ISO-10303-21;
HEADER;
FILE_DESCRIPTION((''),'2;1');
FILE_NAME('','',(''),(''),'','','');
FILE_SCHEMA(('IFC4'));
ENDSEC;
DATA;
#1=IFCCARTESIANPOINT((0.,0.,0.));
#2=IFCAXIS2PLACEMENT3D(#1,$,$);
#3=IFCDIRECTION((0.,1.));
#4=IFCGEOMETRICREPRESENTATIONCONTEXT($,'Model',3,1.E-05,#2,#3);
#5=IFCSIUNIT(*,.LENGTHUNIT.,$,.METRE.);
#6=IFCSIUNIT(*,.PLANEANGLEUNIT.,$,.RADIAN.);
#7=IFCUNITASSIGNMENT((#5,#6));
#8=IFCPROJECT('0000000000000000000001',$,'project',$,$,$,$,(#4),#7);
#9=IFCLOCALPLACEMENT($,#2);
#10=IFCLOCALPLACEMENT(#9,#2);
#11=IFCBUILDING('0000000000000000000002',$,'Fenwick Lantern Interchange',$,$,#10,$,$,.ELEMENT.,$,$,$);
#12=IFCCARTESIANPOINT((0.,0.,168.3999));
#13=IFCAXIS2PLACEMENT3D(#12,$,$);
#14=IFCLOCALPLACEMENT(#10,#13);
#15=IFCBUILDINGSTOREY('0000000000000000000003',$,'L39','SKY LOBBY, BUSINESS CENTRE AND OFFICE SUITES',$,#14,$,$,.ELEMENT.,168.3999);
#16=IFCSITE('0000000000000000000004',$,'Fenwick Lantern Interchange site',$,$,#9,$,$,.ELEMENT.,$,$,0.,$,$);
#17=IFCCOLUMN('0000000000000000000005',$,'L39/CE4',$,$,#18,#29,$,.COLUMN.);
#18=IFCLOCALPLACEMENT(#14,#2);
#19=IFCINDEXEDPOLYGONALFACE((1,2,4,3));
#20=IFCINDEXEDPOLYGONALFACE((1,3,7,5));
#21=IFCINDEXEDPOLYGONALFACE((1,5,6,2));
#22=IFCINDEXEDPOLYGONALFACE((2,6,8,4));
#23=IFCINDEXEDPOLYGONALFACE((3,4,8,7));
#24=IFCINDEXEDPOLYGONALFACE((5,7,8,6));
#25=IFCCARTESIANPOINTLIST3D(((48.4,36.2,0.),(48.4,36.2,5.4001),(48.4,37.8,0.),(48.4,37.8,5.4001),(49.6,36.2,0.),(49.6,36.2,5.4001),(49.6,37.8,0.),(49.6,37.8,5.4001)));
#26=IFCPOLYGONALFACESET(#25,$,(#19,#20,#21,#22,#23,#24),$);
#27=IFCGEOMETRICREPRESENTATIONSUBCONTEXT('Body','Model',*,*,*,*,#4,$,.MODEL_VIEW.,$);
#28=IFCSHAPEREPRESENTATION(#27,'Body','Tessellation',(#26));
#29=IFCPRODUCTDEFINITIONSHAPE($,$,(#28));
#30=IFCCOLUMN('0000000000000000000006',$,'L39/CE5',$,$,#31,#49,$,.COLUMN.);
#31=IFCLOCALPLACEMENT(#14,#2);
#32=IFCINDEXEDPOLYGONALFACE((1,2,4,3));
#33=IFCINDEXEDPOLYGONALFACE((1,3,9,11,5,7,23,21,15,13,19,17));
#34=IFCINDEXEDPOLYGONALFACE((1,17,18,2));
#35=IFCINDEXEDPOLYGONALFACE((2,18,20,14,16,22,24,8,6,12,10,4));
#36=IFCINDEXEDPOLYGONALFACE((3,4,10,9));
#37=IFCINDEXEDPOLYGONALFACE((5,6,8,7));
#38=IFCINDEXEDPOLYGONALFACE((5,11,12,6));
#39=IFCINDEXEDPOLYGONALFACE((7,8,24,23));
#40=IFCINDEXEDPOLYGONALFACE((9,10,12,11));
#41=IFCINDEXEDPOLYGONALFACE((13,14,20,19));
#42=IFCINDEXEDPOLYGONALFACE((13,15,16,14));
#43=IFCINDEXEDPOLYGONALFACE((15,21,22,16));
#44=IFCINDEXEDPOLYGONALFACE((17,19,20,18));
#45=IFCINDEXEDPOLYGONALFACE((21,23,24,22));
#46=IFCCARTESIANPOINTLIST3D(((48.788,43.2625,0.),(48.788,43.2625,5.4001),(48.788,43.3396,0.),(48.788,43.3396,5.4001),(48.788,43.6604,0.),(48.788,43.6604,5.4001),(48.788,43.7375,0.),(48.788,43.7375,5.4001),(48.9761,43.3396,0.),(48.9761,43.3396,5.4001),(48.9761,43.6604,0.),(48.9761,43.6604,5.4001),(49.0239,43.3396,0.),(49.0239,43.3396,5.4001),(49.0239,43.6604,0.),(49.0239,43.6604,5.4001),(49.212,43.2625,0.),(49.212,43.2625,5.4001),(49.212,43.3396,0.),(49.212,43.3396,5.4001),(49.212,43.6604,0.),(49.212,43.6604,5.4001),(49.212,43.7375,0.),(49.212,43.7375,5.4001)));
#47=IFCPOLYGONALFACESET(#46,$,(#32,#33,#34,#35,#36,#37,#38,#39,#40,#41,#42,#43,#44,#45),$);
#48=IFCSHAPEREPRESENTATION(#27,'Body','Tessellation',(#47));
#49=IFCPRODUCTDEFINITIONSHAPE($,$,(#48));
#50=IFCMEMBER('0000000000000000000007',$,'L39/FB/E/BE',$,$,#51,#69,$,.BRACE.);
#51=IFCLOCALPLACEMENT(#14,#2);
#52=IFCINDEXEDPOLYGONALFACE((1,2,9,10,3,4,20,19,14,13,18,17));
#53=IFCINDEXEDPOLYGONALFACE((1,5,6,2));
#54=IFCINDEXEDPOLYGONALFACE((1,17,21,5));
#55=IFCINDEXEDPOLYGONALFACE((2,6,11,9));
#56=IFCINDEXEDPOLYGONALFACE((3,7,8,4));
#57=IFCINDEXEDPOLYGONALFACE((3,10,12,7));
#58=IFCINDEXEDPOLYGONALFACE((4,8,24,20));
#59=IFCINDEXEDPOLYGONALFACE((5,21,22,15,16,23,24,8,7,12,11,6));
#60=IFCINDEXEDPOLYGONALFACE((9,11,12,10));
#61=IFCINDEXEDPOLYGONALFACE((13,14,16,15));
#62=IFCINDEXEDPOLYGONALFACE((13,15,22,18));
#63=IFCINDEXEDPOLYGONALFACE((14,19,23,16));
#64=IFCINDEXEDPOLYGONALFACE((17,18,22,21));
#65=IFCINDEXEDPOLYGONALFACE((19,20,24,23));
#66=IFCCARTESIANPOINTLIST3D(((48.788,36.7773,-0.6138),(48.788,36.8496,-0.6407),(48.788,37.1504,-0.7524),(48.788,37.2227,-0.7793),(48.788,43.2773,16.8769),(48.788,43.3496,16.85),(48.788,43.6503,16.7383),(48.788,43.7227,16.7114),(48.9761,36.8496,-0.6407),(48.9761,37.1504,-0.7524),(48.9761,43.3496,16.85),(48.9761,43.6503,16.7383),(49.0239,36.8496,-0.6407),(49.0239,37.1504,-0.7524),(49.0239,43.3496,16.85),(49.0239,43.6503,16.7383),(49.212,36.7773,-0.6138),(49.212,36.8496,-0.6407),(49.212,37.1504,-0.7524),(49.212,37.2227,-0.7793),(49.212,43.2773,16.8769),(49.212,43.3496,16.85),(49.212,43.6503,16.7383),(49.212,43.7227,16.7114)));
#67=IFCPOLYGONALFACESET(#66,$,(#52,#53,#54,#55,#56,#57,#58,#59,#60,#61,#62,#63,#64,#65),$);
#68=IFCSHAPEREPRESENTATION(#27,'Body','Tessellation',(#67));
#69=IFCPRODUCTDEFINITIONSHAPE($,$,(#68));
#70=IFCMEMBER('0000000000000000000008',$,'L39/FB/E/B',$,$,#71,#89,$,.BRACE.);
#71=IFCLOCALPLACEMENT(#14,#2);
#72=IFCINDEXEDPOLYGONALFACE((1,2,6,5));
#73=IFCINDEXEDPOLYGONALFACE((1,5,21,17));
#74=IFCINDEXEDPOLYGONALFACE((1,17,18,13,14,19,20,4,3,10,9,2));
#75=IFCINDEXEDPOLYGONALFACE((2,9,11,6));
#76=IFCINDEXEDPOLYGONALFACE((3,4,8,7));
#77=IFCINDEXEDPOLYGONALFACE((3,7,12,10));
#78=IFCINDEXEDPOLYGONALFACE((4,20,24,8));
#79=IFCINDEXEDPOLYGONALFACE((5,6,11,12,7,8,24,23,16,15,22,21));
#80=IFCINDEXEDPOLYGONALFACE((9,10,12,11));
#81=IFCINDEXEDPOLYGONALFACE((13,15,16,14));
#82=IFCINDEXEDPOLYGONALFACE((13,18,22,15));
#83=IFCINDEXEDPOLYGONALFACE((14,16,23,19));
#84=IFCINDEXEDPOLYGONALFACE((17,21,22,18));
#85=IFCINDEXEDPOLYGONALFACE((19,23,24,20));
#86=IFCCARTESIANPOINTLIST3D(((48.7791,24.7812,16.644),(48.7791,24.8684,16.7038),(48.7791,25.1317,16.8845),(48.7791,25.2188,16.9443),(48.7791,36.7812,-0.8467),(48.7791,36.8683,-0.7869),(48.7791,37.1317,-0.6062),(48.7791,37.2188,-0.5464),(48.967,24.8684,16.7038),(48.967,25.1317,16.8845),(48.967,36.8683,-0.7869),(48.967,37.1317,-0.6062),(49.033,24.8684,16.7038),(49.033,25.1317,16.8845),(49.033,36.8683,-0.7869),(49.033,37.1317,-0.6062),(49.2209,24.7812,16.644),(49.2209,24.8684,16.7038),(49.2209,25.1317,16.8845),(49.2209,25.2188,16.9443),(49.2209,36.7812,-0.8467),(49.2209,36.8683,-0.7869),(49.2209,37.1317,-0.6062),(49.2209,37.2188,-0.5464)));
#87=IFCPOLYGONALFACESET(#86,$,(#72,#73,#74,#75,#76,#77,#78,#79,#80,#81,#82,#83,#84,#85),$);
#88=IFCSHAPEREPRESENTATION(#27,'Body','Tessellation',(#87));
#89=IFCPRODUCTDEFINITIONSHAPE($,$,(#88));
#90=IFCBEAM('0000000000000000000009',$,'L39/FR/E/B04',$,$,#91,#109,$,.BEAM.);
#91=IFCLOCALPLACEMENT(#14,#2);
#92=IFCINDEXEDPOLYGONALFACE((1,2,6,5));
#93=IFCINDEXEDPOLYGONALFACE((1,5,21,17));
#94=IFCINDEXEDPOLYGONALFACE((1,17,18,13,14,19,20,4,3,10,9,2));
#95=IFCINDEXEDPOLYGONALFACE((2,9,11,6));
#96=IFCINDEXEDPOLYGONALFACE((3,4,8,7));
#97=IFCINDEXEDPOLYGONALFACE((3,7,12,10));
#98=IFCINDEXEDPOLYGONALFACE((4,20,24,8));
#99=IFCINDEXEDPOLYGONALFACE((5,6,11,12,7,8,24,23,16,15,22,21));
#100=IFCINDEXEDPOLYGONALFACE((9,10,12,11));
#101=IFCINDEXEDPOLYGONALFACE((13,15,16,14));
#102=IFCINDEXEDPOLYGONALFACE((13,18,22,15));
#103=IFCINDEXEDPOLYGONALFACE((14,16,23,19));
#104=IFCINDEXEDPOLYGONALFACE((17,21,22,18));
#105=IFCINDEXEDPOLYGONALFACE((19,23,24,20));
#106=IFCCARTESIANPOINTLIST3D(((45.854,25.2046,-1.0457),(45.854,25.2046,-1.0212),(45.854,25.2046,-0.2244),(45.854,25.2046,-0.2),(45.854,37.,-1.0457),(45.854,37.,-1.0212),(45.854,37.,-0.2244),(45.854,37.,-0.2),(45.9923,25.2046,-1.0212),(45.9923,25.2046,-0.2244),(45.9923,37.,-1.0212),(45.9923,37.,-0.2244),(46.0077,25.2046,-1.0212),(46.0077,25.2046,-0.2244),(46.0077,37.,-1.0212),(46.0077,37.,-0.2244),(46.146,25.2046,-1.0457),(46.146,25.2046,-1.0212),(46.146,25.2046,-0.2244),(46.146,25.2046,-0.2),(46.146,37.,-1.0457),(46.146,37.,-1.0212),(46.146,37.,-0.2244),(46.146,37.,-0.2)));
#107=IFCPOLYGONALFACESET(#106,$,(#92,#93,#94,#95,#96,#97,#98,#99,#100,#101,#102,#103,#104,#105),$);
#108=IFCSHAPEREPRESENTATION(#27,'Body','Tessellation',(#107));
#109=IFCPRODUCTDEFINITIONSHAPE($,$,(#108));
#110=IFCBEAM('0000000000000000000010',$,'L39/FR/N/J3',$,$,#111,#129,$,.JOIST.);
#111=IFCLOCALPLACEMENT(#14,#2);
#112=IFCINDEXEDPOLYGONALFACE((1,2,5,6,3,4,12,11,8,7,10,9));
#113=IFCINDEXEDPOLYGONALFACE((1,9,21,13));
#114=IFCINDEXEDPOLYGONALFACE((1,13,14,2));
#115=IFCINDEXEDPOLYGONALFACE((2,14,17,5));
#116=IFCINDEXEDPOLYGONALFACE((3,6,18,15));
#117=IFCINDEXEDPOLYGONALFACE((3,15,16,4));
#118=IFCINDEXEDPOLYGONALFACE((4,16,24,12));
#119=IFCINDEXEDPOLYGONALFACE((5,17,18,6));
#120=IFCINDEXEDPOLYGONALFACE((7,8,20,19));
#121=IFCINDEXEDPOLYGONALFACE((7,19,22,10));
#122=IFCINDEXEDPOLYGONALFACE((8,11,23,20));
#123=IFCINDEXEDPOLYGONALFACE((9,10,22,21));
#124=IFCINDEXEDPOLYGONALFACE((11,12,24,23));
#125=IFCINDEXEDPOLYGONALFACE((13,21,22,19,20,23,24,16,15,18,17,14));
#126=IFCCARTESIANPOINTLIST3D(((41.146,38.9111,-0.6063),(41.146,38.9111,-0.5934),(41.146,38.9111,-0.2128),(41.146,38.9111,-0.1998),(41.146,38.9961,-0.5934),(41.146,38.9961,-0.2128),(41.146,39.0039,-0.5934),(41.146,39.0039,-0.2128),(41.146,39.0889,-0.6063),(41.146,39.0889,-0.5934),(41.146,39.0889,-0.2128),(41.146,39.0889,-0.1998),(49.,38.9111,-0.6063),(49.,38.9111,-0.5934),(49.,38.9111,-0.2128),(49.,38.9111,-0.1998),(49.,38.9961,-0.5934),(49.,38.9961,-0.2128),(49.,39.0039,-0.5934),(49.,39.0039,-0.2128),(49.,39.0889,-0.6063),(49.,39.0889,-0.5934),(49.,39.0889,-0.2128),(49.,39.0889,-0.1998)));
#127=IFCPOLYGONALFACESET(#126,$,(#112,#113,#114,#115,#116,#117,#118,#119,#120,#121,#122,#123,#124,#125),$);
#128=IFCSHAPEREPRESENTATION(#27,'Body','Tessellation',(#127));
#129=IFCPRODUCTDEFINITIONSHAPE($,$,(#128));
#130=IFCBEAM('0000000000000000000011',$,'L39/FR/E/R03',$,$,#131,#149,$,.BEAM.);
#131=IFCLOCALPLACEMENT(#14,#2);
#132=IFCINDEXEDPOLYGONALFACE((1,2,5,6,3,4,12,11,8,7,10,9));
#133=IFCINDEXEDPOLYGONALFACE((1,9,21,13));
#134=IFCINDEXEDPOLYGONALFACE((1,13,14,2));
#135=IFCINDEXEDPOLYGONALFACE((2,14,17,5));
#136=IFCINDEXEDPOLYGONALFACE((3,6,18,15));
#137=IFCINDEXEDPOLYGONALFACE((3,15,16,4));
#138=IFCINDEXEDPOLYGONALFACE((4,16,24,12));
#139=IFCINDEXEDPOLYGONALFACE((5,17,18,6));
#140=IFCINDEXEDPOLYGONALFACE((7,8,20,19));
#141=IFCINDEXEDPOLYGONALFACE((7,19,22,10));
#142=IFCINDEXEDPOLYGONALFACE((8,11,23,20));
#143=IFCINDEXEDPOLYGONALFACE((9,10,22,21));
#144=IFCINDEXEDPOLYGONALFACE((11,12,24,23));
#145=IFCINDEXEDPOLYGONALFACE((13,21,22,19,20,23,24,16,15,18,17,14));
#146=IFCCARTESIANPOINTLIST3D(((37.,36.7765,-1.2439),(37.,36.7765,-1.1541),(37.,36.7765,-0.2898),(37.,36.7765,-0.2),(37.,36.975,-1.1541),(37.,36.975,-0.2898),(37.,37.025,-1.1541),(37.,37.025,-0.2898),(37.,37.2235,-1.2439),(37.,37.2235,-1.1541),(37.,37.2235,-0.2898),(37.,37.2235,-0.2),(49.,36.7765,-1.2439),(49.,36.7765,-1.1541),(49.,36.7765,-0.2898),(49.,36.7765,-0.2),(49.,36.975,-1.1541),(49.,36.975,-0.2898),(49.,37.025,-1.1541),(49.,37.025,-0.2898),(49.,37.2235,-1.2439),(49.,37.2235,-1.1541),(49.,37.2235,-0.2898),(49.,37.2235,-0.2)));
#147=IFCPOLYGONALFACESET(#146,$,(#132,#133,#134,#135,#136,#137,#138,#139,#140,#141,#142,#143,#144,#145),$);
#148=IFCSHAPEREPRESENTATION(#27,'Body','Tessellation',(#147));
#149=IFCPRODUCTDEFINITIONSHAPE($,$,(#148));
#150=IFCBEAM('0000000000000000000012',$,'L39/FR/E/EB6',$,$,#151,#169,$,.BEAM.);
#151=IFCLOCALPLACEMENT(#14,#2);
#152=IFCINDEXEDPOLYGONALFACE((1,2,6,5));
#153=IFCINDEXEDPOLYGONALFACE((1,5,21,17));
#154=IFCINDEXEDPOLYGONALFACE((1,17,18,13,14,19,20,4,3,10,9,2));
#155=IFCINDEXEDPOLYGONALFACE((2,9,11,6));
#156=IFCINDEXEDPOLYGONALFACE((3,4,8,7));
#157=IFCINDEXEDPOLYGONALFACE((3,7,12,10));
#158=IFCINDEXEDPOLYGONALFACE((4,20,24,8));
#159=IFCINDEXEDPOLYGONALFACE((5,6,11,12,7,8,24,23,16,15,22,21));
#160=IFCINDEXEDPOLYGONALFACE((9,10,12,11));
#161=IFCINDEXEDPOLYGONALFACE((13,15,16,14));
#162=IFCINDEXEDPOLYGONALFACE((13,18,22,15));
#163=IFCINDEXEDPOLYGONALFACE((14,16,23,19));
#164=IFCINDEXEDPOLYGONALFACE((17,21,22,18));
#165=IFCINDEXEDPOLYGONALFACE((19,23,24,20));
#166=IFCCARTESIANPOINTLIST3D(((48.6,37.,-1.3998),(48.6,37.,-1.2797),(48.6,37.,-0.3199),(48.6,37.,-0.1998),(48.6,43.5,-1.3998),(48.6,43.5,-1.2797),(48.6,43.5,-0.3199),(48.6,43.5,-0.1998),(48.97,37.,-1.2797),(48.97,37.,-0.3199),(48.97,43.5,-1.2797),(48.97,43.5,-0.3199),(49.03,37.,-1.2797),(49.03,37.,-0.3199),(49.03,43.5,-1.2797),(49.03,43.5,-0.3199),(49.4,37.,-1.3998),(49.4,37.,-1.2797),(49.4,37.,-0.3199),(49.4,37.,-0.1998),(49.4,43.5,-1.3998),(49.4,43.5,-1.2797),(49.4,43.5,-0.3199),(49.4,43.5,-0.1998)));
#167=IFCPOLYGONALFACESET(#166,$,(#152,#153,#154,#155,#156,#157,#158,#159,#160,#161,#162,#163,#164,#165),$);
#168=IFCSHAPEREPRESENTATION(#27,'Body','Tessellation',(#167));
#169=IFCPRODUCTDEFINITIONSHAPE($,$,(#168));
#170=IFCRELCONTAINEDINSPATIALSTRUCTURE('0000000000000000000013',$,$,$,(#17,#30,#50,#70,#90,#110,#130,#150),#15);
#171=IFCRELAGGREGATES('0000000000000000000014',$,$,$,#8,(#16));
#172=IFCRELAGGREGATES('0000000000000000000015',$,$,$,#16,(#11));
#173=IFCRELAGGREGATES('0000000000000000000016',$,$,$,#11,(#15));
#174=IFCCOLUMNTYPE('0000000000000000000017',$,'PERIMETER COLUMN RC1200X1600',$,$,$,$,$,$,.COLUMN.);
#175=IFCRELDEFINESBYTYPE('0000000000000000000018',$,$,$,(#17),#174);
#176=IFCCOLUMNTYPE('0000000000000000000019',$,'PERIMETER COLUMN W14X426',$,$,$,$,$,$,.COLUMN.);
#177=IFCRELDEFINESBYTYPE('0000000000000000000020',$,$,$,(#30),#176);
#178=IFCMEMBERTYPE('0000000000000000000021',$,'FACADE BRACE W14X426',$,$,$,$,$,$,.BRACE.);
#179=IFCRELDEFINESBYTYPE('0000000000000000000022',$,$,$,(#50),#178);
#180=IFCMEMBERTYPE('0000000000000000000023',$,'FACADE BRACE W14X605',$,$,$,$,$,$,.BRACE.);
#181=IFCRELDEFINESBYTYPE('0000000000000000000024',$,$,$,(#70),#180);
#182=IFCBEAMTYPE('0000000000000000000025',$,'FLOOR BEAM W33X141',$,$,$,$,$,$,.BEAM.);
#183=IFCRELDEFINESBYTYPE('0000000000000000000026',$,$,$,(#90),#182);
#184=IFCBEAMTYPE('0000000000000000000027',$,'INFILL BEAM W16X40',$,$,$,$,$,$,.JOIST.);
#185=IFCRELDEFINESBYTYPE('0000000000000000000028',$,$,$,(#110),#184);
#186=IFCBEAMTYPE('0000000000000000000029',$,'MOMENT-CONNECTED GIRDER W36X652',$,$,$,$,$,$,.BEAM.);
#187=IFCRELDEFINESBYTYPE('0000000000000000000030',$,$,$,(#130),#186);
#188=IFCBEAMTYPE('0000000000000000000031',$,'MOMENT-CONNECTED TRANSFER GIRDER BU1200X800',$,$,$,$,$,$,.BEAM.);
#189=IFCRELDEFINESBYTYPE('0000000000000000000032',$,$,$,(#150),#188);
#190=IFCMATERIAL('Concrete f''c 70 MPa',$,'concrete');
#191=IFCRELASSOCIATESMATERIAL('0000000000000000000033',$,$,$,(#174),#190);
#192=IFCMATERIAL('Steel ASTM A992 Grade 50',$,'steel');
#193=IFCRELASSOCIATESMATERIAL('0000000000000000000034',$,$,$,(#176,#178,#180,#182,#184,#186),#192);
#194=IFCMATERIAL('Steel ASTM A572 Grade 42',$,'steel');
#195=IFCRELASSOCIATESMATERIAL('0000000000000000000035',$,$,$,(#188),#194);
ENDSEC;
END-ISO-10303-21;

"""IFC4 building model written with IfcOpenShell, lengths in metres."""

from ifc_helpers import new_model, si_unit, direction, frame, origin, origin_2d, place, context, subcontext, project, spatial, rectangle, i_section, extrude, material, material_profile, profile_set, type_object, element, save


model = new_model("IFC4")

# Units and contexts
model_context = context("Model", 3, precision=1e-05, world=origin(), true_north=direction((0.0, 1.0)))
body_context = subcontext(model_context, "Body", "Model", "MODEL_VIEW")
ifc_project = project(units=[si_unit("LENGTHUNIT", "METRE"), si_unit("PLANEANGLEUNIT", "RADIAN")], contexts=[model_context])

# Site, building, storey
site_placement = place(None, origin())
site = spatial("IfcSite", under=ifc_project, at=site_placement, Name="Fenwick Lantern Interchange site", CompositionType="ELEMENT", RefElevation=0.0)
building_placement = place(site_placement, origin())
building = spatial("IfcBuilding", under=site, at=building_placement, Name="Fenwick Lantern Interchange", CompositionType="ELEMENT")
storey_placement = place(building_placement, frame((0.0, 0.0, 168.3999)))
storey = spatial("IfcBuildingStorey", under=building, at=storey_placement, Name="L39", Description="SKY LOBBY, BUSINESS CENTRE AND OFFICE SUITES", CompositionType="ELEMENT", Elevation=168.3999)

# Columns
ifc_material_1 = material(Name="Concrete f'c 70 MPa", Category="concrete")
ifc_material_profile_1 = material_profile(ifc_material_1, rectangle(XDim=1.2, YDim=1.6001, at=origin_2d()), Name="RC1200X1600")
ifc_profile_set_1 = profile_set([ifc_material_profile_1], Name="Concrete f'c 70 MPa")
column_type_1 = type_object("IfcColumnType", Name="PERIMETER COLUMN RC1200X1600", PredefinedType="COLUMN", material=ifc_profile_set_1)
column_1_placement = place(storey_placement, frame((49.0, 37.0, 0.0), z_axis=(0.0, 0.0, 1.0), x_axis=(1.0, 0.0, 0.0)))
element("IfcColumn", 1, at=column_1_placement, inside=storey, type_object=column_type_1, Name="L39/CE4", PredefinedType="COLUMN", context=body_context, shape_type="SweptSolid", body=[
    extrude(rectangle(XDim=1.2, YDim=1.6001, at=origin_2d()), origin(), (0.0, 0.0, 1.0), 5.4001),
])
ifc_material_2 = material(Name="Steel ASTM A992 Grade 50", Category="steel")
ifc_material_profile_2 = material_profile(ifc_material_2, i_section(OverallWidth=0.4241, OverallDepth=0.4751, WebThickness=0.0479, FlangeThickness=0.0771, at=origin_2d()), Name="W14X426")
ifc_profile_set_2 = profile_set([ifc_material_profile_2], Name="Steel ASTM A992 Grade 50")
column_type_2 = type_object("IfcColumnType", Name="PERIMETER COLUMN W14X426", PredefinedType="COLUMN", material=ifc_profile_set_2)
column_2_placement = place(storey_placement, frame((49.0, 43.5, 0.0), z_axis=(0.0, 0.0, 1.0), x_axis=(1.0, 0.0, 0.0)))
element("IfcColumn", 2, at=column_2_placement, inside=storey, type_object=column_type_2, Name="L39/CE5", PredefinedType="COLUMN", context=body_context, shape_type="SweptSolid", body=[
    extrude(i_section(OverallWidth=0.4241, OverallDepth=0.4751, WebThickness=0.0479, FlangeThickness=0.0771, at=origin_2d()), origin(), (0.0, 0.0, 1.0), 5.4001),
])

# Members
ifc_material_profile_3 = material_profile(ifc_material_2, i_section(OverallWidth=0.4241, OverallDepth=0.4751, WebThickness=0.0479, FlangeThickness=0.0771, at=origin_2d()), Name="W14X426")
ifc_profile_set_3 = profile_set([ifc_material_profile_3], Name="Steel ASTM A992 Grade 50")
member_type_1 = type_object("IfcMemberType", Name="FACADE BRACE W14X426", PredefinedType="BRACE", material=ifc_profile_set_3)
member_1_placement = place(storey_placement, frame((49.0, 37.0, -0.6965), z_axis=(0.0, 0.348349, 0.937365), x_axis=(-1.0, 0.0, 0.0)))
element("IfcMember", 3, at=member_1_placement, inside=storey, type_object=member_type_1, Name="L39/FB/E/BE", PredefinedType="BRACE", context=body_context, shape_type="SweptSolid", body=[
    extrude(i_section(OverallWidth=0.4241, OverallDepth=0.4751, WebThickness=0.0479, FlangeThickness=0.0771, at=origin_2d()), origin(), (0.0, 0.0, 1.0), 18.6594),
])
ifc_material_profile_4 = material_profile(ifc_material_2, i_section(OverallWidth=0.4419, OverallDepth=0.5308, WebThickness=0.0659, FlangeThickness=0.1057, at=origin_2d()), Name="W14X605")
ifc_profile_set_4 = profile_set([ifc_material_profile_4], Name="Steel ASTM A992 Grade 50")
member_type_2 = type_object("IfcMemberType", Name="FACADE BRACE W14X605", PredefinedType="BRACE", material=ifc_profile_set_4)
member_2_placement = place(storey_placement, frame((49.0, 37.0, -0.6965), z_axis=(0.0, -0.565732, 0.824589), x_axis=(1.0, 0.0, 0.0)))
element("IfcMember", 4, at=member_2_placement, inside=storey, type_object=member_type_2, Name="L39/FB/E/B", PredefinedType="BRACE", context=body_context, shape_type="SweptSolid", body=[
    extrude(i_section(OverallWidth=0.4419, OverallDepth=0.5308, WebThickness=0.0659, FlangeThickness=0.1057, at=origin_2d()), origin(), (0.0, 0.0, 1.0), 21.2114),
])

# Beams
ifc_material_profile_5 = material_profile(ifc_material_2, i_section(OverallWidth=0.292, OverallDepth=0.8457, WebThickness=0.0154, FlangeThickness=0.0244, at=origin_2d()), Name="W33X141")
ifc_profile_set_5 = profile_set([ifc_material_profile_5], Name="Steel ASTM A992 Grade 50")
beam_type_1 = type_object("IfcBeamType", Name="FLOOR BEAM W33X141", PredefinedType="BEAM", material=ifc_profile_set_5)
beam_1_placement = place(storey_placement, frame((46.0, 25.2046, -0.6228), z_axis=(0.0, 1.0, 0.0), x_axis=(-1.0, 0.0, 0.0)))
element("IfcBeam", 5, at=beam_1_placement, inside=storey, type_object=beam_type_1, Name="L39/FR/E/B04", PredefinedType="BEAM", context=body_context, shape_type="SweptSolid", body=[
    extrude(i_section(OverallWidth=0.292, OverallDepth=0.8457, WebThickness=0.0154, FlangeThickness=0.0244, at=origin_2d()), origin(), (0.0, 0.0, 1.0), 11.7954),
])
ifc_material_profile_6 = material_profile(ifc_material_2, i_section(OverallWidth=0.1777, OverallDepth=0.4065, WebThickness=0.0078, FlangeThickness=0.0129, at=origin_2d()), Name="W16X40")
ifc_profile_set_6 = profile_set([ifc_material_profile_6], Name="Steel ASTM A992 Grade 50")
beam_type_2 = type_object("IfcBeamType", Name="INFILL BEAM W16X40", PredefinedType="JOIST", material=ifc_profile_set_6)
beam_2_placement = place(storey_placement, frame((49.0, 39.0, -0.4031), z_axis=(-1.0, 0.0, 0.0), x_axis=(0.0, -1.0, 0.0)))
element("IfcBeam", 6, at=beam_2_placement, inside=storey, type_object=beam_type_2, Name="L39/FR/N/J3", PredefinedType="JOIST", context=body_context, shape_type="SweptSolid", body=[
    extrude(i_section(OverallWidth=0.1777, OverallDepth=0.4065, WebThickness=0.0078, FlangeThickness=0.0129, at=origin_2d()), origin(), (0.0, 0.0, 1.0), 7.854),
])
ifc_material_profile_7 = material_profile(ifc_material_2, i_section(OverallWidth=0.447, OverallDepth=1.0439, WebThickness=0.05, FlangeThickness=0.0898, at=origin_2d()), Name="W36X652")
ifc_profile_set_7 = profile_set([ifc_material_profile_7], Name="Steel ASTM A992 Grade 50")
beam_type_3 = type_object("IfcBeamType", Name="MOMENT-CONNECTED GIRDER W36X652", PredefinedType="BEAM", material=ifc_profile_set_7)
beam_3_placement = place(storey_placement, frame((49.0, 37.0, -0.7219), z_axis=(-1.0, 0.0, 0.0), x_axis=(0.0, -1.0, 0.0)))
element("IfcBeam", 7, at=beam_3_placement, inside=storey, type_object=beam_type_3, Name="L39/FR/E/R03", PredefinedType="BEAM", context=body_context, shape_type="SweptSolid", body=[
    extrude(i_section(OverallWidth=0.447, OverallDepth=1.0439, WebThickness=0.05, FlangeThickness=0.0898, at=origin_2d()), origin(), (0.0, 0.0, 1.0), 12.0),
])
ifc_material_3 = material(Name="Steel ASTM A572 Grade 42", Category="steel")
ifc_material_profile_8 = material_profile(ifc_material_3, i_section(OverallWidth=0.8, OverallDepth=1.2, WebThickness=0.0601, FlangeThickness=0.1201, at=origin_2d()), Name="BU1200X800")
ifc_profile_set_8 = profile_set([ifc_material_profile_8], Name="Steel ASTM A572 Grade 42")
beam_type_4 = type_object("IfcBeamType", Name="MOMENT-CONNECTED TRANSFER GIRDER BU1200X800", PredefinedType="BEAM", material=ifc_profile_set_8)
beam_4_placement = place(storey_placement, frame((49.0, 37.0, -0.7998), z_axis=(0.0, 1.0, 0.0), x_axis=(-1.0, 0.0, 0.0)))
element("IfcBeam", 8, at=beam_4_placement, inside=storey, type_object=beam_type_4, Name="L39/FR/E/EB6", PredefinedType="BEAM", context=body_context, shape_type="SweptSolid", body=[
    extrude(i_section(OverallWidth=0.8, OverallDepth=1.2, WebThickness=0.0601, FlangeThickness=0.1201, at=origin_2d()), origin(), (0.0, 0.0, 1.0), 6.5),
])

save(model, "model.ifc")
